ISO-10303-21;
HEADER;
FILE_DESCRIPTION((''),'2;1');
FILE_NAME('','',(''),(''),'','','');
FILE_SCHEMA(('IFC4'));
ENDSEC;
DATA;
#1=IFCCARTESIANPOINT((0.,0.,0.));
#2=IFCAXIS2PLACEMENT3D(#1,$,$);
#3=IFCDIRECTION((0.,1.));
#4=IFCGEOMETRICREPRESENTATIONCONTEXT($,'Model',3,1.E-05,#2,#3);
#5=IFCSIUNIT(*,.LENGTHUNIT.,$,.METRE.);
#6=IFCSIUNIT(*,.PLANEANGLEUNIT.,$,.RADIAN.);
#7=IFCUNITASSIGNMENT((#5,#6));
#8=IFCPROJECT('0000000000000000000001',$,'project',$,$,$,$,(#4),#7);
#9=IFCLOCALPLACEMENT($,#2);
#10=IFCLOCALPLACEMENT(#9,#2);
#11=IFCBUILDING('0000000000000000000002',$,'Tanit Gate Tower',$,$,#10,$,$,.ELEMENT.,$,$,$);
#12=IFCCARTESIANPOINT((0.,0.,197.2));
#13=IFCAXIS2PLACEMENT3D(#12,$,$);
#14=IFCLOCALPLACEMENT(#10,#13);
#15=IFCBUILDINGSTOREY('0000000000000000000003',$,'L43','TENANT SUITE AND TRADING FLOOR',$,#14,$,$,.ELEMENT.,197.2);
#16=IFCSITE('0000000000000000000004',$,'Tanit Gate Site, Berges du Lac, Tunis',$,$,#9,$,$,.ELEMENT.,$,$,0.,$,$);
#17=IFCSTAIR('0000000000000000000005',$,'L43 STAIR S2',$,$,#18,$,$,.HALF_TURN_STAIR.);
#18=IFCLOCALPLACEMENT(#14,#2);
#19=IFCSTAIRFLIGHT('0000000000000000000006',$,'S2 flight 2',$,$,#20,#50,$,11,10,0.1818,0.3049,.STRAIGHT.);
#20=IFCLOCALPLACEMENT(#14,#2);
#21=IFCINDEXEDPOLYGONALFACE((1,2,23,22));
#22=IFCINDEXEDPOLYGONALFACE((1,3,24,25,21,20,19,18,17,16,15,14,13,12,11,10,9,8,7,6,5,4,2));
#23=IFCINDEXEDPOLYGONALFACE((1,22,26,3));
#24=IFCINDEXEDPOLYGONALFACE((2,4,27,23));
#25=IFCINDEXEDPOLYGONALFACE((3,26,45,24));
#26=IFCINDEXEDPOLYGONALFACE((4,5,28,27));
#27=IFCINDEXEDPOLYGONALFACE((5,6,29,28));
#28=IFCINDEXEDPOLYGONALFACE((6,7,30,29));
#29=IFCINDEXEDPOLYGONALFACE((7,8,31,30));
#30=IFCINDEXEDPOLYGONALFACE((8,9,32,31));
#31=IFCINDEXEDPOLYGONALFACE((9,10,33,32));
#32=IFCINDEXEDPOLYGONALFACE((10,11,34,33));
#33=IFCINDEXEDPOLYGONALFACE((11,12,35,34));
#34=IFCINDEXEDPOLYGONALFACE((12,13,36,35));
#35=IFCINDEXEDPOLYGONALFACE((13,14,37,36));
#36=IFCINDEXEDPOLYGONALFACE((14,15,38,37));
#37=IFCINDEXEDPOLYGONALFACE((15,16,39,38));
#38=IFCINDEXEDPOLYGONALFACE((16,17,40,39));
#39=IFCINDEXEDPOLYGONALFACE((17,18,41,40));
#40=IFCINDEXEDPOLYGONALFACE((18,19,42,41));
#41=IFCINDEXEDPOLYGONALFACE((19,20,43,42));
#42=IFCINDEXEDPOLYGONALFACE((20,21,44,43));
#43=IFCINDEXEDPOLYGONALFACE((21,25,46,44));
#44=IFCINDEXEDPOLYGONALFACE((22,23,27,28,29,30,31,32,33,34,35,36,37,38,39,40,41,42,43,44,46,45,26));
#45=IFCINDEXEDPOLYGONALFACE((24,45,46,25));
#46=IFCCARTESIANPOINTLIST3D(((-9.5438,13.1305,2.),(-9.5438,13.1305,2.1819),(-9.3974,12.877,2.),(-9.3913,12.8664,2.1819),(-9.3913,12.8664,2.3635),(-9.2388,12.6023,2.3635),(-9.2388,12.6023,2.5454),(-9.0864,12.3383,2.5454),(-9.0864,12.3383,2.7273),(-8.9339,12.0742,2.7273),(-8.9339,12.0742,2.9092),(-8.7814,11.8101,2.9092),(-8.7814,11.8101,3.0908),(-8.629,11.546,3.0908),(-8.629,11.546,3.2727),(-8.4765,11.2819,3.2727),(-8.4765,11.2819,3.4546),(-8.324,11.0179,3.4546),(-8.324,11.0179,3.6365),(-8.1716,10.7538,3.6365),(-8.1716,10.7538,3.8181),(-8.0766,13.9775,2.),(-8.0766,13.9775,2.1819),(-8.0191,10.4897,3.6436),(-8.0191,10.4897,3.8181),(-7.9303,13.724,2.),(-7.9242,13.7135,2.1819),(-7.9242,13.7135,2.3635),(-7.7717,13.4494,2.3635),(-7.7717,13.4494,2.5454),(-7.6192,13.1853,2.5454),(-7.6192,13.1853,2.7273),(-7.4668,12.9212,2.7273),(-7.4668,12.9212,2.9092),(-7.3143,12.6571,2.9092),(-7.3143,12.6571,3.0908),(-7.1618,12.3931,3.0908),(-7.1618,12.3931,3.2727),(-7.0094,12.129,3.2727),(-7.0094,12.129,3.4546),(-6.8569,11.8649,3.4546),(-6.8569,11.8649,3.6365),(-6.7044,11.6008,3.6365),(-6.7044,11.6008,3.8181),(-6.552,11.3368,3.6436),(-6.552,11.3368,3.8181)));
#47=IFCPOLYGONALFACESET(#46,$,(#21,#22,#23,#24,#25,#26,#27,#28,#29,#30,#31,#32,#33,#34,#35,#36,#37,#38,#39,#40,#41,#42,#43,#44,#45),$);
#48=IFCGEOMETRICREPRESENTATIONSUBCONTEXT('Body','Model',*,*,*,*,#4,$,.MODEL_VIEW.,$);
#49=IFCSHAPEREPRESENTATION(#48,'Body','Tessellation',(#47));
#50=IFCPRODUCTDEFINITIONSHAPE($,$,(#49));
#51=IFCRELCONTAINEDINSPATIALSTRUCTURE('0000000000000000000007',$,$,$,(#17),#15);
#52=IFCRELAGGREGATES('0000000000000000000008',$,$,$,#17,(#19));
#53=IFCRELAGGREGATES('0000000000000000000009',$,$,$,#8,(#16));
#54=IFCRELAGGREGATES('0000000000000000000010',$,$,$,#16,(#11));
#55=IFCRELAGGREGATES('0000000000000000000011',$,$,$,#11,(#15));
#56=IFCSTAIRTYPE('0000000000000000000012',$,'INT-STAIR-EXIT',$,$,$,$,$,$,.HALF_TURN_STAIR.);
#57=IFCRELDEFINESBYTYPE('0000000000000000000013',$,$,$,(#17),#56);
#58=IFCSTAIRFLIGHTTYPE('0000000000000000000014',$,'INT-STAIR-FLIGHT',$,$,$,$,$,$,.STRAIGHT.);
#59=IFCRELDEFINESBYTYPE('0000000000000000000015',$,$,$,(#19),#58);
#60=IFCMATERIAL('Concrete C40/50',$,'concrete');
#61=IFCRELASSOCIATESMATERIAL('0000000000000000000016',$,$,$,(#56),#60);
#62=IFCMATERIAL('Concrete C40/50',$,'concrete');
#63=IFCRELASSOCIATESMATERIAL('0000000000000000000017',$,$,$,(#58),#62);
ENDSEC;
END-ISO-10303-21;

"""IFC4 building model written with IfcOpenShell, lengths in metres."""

from ifc_helpers import new_model, si_unit, direction, frame, origin, place, context, subcontext, project, spatial, polyline, outline, extrude, material, type_object, element, aggregate, save


model = new_model("IFC4")

# Units and contexts
model_context = context("Model", 3, precision=1e-05, world=origin(), true_north=direction((0.0, 1.0)))
body_context = subcontext(model_context, "Body", "Model", "MODEL_VIEW")
ifc_project = project(units=[si_unit("LENGTHUNIT", "METRE"), si_unit("PLANEANGLEUNIT", "RADIAN")], contexts=[model_context])

# Site, building, storey
site_placement = place(None, origin())
site = spatial("IfcSite", under=ifc_project, at=site_placement, Name="Tanit Gate Site, Berges du Lac, Tunis", CompositionType="ELEMENT", RefElevation=0.0)
building_placement = place(site_placement, origin())
building = spatial("IfcBuilding", under=site, at=building_placement, Name="Tanit Gate Tower", CompositionType="ELEMENT")
storey_placement = place(building_placement, frame((0.0, 0.0, 197.2)))
storey = spatial("IfcBuildingStorey", under=building, at=storey_placement, Name="L43", Description="TENANT SUITE AND TRADING FLOOR", CompositionType="ELEMENT", Elevation=197.2)

# Stair, stair flight
ifc_material_1 = material(Name="Concrete C40/50", Category="concrete")
stair_type = type_object("IfcStairType", Name="INT-STAIR-EXIT", PredefinedType="HALF_TURN_STAIR", material=ifc_material_1)
stair_placement = place(storey_placement, origin())
stair = element("IfcStair", 1, at=stair_placement, inside=storey, type_object=stair_type, Name="L43 STAIR S2", PredefinedType="HALF_TURN_STAIR")
ifc_material_2 = material(Name="Concrete C40/50", Category="concrete")
stair_flight_type = type_object("IfcStairFlightType", Name="INT-STAIR-FLIGHT", PredefinedType="STRAIGHT", material=ifc_material_2)
stair_flight_1_placement = place(storey_placement, frame((-8.8103, 13.554, 2.0), z_axis=(0.0, 0.0, 1.0), x_axis=(0.5, -0.866025, 0.0)))
stair_flight_1 = element("IfcStairFlight", 2, at=stair_flight_1_placement, type_object=stair_flight_type, Name="S2 flight 2", NumberOfRisers=11, NumberOfTreads=10, PredefinedType="STRAIGHT", RiserHeight=0.1818, TreadLength=0.3049, context=body_context, shape_type="SweptSolid", body=[
    extrude(outline(polyline([(0.0, 0.0), (0.0, 0.1819), (0.3049, 0.1819), (0.3049, 0.3635), (0.6099, 0.3635), (0.6099, 0.5454), (0.9148, 0.5454), (0.9148, 0.7273), (1.2197, 0.7273), (1.2197, 0.9092), (1.5247, 0.9092), (1.5247, 1.0908), (1.8296, 1.0908), (1.8296, 1.2727), (2.1345, 1.2727), (2.1345, 1.4546), (2.4395, 1.4546), (2.4395, 1.6365), (2.7444, 1.6365), (2.7444, 1.8181), (3.0493, 1.8181), (3.0493, 2.0), (3.0493, 1.6436), (0.2927, 0.0), (0.0, 0.0)])), frame((0.0, 0.8472, 0.0), z_axis=(0.0, -1.0, 0.0), x_axis=(1.0, 0.0, 0.0)), (0.0, 0.0, 1.0), 1.6941),
])
aggregate(stair, [stair_flight_1])

save(model, "model.ifc")
